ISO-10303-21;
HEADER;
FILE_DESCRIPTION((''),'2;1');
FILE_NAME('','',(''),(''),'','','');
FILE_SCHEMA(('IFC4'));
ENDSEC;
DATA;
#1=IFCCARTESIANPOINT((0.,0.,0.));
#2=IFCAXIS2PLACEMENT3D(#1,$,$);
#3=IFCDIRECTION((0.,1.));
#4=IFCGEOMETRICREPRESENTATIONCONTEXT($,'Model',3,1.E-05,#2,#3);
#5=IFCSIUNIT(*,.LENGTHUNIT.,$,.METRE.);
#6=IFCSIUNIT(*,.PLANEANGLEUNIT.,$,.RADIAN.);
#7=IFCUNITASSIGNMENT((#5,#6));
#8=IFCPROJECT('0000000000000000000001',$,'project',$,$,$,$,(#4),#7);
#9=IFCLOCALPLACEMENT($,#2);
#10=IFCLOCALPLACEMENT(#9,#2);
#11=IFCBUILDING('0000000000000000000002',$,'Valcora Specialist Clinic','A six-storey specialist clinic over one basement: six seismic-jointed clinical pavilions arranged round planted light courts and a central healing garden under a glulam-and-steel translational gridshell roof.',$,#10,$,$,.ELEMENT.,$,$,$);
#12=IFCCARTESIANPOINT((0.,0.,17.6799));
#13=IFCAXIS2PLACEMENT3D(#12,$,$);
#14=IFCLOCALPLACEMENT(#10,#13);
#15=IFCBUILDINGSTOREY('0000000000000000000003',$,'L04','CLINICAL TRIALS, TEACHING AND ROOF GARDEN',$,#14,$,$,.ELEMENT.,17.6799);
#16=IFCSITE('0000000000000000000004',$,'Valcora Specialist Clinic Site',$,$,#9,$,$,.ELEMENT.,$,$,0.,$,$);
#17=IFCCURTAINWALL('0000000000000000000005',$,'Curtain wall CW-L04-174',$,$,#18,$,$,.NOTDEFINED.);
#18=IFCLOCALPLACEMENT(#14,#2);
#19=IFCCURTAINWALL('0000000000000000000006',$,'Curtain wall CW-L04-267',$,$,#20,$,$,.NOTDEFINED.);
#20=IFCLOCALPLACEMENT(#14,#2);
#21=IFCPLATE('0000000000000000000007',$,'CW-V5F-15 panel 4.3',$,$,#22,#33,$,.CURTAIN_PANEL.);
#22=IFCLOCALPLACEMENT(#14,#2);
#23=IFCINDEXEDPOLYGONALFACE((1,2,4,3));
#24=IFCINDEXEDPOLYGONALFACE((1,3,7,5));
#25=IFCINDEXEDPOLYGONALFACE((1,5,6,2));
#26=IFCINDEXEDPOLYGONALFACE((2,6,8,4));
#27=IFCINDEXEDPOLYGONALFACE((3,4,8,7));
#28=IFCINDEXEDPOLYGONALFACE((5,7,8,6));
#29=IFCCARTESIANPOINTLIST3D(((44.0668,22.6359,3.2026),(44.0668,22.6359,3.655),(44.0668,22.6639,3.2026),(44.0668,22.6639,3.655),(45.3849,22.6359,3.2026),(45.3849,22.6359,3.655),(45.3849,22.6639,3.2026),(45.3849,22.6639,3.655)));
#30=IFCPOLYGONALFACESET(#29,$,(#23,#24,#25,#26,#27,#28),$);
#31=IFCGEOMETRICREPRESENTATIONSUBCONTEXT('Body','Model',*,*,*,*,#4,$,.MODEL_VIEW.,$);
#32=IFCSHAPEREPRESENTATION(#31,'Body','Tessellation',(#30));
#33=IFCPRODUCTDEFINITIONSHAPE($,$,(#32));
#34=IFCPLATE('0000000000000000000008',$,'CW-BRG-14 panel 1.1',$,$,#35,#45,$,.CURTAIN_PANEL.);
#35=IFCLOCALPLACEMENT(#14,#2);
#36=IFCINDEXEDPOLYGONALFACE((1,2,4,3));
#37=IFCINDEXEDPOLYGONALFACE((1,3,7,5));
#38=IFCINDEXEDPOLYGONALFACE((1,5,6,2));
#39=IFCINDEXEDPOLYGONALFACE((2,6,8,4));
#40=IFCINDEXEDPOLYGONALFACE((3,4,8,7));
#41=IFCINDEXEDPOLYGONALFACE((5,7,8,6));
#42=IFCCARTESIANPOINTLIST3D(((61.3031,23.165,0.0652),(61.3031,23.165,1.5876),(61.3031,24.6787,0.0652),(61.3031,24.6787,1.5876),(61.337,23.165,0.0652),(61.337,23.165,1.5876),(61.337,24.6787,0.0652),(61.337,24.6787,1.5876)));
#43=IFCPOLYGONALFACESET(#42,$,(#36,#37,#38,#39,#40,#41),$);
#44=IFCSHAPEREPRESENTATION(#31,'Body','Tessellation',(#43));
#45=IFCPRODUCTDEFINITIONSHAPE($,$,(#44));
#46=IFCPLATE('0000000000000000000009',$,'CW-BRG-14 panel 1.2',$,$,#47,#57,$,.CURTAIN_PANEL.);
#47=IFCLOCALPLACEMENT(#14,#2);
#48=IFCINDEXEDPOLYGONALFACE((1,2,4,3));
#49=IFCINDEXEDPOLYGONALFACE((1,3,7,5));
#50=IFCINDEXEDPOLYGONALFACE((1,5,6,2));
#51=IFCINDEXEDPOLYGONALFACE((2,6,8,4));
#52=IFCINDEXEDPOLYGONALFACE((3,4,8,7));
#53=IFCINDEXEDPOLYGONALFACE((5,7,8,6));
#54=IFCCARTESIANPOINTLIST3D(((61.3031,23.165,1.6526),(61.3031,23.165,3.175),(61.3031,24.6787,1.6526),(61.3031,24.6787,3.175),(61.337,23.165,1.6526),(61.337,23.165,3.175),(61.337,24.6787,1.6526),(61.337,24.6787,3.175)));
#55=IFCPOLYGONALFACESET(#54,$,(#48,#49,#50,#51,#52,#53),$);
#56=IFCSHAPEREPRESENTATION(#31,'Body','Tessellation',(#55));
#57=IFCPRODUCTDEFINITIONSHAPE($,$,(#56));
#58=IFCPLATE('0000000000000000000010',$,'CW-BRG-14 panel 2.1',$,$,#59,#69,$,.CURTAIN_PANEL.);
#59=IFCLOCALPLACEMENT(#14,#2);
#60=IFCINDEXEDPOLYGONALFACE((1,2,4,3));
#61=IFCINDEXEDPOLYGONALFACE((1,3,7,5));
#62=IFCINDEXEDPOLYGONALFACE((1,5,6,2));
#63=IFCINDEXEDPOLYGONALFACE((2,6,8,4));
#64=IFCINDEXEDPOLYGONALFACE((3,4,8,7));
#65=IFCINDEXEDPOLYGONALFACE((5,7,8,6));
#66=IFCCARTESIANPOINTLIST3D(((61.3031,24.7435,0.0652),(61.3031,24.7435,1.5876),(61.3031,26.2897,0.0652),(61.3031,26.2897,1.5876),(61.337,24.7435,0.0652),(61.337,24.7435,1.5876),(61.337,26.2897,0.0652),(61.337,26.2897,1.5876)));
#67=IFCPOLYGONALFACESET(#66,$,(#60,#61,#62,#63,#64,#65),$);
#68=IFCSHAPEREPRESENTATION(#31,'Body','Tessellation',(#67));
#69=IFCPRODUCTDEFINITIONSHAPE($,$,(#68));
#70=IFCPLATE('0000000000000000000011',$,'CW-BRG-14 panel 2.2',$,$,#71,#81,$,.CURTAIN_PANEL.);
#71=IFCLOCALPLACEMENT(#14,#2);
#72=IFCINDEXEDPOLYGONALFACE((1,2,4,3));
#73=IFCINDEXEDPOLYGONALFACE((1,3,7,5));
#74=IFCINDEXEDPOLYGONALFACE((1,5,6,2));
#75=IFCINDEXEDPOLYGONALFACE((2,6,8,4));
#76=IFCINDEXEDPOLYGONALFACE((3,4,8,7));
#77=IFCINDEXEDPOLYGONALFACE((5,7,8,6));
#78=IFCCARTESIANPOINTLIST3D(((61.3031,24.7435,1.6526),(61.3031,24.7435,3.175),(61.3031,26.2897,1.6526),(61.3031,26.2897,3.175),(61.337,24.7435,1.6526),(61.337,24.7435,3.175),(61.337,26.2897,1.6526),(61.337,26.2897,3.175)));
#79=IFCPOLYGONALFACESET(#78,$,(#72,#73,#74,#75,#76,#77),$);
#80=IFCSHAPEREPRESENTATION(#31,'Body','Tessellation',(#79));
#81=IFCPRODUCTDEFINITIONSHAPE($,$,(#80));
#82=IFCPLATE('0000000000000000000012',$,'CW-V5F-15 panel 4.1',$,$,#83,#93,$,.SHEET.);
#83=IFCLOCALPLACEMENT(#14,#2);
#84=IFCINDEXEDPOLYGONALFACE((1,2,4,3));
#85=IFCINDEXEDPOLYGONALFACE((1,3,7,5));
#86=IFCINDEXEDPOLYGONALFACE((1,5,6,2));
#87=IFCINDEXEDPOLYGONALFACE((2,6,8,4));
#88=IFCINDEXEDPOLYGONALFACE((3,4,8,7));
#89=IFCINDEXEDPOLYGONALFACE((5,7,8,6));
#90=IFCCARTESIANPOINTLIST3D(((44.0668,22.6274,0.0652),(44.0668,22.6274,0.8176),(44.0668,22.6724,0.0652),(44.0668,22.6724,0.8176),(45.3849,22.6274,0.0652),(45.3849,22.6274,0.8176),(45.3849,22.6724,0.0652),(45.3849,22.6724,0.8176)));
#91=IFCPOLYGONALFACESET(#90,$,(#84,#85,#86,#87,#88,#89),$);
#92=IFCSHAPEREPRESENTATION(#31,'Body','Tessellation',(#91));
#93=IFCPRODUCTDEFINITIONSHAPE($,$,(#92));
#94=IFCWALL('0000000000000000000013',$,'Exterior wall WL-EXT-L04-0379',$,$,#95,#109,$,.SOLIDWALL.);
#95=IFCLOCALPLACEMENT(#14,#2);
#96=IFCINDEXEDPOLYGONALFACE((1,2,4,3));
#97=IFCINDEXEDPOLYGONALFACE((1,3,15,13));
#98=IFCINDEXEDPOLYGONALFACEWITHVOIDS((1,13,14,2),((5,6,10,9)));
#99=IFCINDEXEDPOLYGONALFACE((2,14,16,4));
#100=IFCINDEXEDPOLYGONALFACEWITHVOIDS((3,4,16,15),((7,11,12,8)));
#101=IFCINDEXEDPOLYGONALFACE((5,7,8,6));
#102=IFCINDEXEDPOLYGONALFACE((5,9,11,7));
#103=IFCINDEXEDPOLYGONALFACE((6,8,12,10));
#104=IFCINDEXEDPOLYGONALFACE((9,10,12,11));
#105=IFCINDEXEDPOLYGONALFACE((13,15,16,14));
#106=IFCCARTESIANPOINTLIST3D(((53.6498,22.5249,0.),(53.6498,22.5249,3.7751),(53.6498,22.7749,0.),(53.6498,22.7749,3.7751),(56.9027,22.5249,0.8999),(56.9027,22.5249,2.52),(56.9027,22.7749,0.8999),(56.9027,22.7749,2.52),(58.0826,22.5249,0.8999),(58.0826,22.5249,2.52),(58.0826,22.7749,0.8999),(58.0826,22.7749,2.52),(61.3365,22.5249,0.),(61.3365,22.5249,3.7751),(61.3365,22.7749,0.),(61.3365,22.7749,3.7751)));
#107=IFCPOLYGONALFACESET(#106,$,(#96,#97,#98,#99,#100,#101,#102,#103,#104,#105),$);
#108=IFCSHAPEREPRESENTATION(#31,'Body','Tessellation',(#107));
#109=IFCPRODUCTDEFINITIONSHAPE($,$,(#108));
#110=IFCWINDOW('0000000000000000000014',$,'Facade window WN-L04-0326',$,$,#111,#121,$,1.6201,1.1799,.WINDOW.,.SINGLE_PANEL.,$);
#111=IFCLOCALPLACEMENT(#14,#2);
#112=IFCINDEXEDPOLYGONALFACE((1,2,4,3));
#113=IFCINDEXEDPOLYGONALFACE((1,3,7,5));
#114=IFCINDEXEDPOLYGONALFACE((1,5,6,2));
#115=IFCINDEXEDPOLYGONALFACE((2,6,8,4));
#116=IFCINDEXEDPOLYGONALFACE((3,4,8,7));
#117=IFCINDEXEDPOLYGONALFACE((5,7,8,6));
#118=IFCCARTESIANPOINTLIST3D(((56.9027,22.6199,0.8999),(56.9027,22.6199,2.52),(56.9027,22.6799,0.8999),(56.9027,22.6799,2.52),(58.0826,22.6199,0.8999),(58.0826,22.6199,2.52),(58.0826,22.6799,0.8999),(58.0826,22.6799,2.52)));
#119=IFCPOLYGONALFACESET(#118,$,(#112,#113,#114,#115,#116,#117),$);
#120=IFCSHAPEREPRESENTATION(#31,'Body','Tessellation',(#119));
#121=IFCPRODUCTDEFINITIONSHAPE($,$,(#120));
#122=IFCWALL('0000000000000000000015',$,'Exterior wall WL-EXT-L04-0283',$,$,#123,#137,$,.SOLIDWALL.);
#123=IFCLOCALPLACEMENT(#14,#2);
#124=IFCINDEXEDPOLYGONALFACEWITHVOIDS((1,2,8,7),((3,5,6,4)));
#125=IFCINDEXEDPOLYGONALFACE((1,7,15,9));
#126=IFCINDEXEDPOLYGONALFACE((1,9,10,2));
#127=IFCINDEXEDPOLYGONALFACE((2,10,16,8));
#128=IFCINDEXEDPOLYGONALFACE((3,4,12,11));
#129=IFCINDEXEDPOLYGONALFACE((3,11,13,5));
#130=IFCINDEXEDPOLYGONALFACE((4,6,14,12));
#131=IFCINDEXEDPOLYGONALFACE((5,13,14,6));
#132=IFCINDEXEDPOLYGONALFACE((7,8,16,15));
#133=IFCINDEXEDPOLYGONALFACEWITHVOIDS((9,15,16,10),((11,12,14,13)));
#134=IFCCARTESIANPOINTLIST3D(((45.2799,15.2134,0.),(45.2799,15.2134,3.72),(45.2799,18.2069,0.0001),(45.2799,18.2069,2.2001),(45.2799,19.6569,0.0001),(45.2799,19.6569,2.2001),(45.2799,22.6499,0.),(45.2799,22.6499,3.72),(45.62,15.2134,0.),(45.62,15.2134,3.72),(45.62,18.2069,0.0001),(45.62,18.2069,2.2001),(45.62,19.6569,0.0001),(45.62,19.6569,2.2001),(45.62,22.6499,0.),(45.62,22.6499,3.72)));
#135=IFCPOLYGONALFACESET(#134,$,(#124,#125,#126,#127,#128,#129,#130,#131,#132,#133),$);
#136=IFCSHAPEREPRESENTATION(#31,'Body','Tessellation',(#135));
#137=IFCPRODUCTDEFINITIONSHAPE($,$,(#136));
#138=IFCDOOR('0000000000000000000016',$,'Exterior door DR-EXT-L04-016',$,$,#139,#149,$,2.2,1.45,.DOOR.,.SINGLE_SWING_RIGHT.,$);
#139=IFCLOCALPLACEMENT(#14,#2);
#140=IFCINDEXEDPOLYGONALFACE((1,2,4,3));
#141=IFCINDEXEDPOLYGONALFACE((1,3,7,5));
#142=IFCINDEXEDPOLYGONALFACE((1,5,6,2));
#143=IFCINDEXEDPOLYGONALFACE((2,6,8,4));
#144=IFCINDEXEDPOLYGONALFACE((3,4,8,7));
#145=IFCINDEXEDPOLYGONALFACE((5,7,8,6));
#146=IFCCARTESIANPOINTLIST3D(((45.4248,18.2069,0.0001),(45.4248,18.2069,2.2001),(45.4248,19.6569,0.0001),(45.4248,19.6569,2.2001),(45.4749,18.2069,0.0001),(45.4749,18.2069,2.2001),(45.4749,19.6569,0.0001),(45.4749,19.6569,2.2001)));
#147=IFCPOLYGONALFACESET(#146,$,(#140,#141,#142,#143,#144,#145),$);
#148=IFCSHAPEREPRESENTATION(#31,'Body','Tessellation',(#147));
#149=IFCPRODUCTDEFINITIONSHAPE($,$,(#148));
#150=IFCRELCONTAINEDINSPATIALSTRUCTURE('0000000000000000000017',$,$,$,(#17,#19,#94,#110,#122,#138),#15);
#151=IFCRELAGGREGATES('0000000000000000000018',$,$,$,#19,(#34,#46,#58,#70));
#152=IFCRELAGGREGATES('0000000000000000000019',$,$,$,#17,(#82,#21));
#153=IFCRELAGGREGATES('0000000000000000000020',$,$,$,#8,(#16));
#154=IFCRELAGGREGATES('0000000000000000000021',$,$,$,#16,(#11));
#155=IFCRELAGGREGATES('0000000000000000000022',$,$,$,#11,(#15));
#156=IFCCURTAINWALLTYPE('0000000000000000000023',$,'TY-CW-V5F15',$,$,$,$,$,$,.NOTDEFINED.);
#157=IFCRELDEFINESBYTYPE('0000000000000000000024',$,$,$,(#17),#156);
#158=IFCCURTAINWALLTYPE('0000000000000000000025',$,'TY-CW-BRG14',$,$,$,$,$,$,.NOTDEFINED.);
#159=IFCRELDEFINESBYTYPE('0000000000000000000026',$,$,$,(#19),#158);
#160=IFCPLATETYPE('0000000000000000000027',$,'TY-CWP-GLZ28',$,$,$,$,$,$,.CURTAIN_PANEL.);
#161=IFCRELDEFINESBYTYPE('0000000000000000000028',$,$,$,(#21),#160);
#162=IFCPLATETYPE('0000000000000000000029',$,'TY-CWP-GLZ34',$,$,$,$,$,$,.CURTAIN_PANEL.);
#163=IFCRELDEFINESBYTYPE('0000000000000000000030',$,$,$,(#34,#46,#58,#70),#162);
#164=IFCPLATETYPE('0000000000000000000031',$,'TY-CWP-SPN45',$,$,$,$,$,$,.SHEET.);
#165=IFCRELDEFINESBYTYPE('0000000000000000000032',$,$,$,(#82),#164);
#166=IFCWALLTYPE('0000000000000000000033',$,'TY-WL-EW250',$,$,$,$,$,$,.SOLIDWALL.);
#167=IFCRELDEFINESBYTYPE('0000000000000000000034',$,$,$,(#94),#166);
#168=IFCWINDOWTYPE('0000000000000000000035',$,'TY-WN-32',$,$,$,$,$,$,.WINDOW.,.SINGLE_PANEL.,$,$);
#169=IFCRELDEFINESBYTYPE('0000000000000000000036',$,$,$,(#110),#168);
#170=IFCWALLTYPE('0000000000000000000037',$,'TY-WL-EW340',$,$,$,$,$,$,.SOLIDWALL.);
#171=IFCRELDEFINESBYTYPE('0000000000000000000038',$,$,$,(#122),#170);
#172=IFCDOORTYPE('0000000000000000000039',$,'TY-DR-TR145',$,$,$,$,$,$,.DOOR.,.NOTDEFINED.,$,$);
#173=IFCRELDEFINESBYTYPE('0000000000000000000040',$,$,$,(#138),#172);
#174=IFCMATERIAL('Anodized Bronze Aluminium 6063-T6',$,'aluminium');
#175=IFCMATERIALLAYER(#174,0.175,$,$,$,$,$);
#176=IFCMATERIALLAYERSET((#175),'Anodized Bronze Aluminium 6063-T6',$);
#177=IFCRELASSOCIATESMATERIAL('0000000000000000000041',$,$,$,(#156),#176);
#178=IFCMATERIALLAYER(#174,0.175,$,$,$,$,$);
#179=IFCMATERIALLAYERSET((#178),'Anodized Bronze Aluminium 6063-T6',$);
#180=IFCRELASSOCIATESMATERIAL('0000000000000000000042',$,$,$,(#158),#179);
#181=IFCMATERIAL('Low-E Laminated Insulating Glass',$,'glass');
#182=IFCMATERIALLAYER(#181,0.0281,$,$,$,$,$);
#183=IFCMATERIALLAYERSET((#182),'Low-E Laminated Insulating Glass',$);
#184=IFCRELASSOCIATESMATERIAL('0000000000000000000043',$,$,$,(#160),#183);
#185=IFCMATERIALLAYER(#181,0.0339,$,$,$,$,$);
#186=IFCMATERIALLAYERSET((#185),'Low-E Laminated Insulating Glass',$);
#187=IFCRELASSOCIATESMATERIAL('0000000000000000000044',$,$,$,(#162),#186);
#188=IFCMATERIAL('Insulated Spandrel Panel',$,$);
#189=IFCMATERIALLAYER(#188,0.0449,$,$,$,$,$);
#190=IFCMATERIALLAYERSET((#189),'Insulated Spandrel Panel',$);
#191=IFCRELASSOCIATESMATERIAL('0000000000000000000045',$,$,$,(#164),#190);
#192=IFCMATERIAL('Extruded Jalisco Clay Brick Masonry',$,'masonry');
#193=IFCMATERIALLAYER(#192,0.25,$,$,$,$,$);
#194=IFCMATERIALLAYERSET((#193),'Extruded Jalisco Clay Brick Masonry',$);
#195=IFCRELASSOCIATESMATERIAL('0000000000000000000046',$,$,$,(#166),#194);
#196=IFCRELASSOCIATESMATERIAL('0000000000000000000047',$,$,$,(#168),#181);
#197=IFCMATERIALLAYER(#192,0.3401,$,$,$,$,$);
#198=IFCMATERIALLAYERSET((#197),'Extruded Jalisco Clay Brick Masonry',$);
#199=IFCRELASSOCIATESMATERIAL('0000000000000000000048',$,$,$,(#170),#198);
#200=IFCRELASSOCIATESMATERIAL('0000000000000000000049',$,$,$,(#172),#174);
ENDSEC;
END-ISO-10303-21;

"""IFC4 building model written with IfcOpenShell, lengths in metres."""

from ifc_helpers import new_model, si_unit, direction, frame, frame_2d, origin, origin_2d, place, context, subcontext, project, spatial, rectangle, extrude, material, layer, layer_set, type_object, element, fill, aggregate, save


model = new_model("IFC4")

# Units and contexts
model_context = context("Model", 3, precision=1e-05, world=origin(), true_north=direction((0.0, 1.0)))
body_context = subcontext(model_context, "Body", "Model", "MODEL_VIEW")
ifc_project = project(units=[si_unit("LENGTHUNIT", "METRE"), si_unit("PLANEANGLEUNIT", "RADIAN")], contexts=[model_context])

# Site, building, storey
site_placement = place(None, origin())
site = spatial("IfcSite", under=ifc_project, at=site_placement, Name="Valcora Specialist Clinic Site", CompositionType="ELEMENT", RefElevation=0.0)
building_placement = place(site_placement, origin())
building = spatial("IfcBuilding", under=site, at=building_placement, Name="Valcora Specialist Clinic", Description="A six-storey specialist clinic over one basement: six seismic-jointed clinical pavilions arranged round planted light courts and a central healing garden under a glulam-and-steel translational gridshell roof.", CompositionType="ELEMENT")
storey_placement = place(building_placement, frame((0.0, 0.0, 17.6799)))
storey = spatial("IfcBuildingStorey", under=building, at=storey_placement, Name="L04", Description="CLINICAL TRIALS, TEACHING AND ROOF GARDEN", CompositionType="ELEMENT", Elevation=17.6799)

# Curtain wall
ifc_material_1 = material(Name="Anodized Bronze Aluminium 6063-T6", Category="aluminium")
ifc_layer_1 = layer(ifc_material_1, 0.175)
ifc_layer_set_1 = layer_set([ifc_layer_1], Name="Anodized Bronze Aluminium 6063-T6")
curtain_wall_type_1 = type_object("IfcCurtainWallType", Name="TY-CW-V5F15", PredefinedType="NOTDEFINED", material=ifc_layer_set_1)
curtain_wall_1_placement = place(storey_placement, origin())
curtain_wall_1 = element("IfcCurtainWall", 1, at=curtain_wall_1_placement, inside=storey, type_object=curtain_wall_type_1, Name="Curtain wall CW-L04-174", PredefinedType="NOTDEFINED")

# Curtain wall
ifc_layer_2 = layer(ifc_material_1, 0.175)
ifc_layer_set_2 = layer_set([ifc_layer_2], Name="Anodized Bronze Aluminium 6063-T6")
curtain_wall_type_2 = type_object("IfcCurtainWallType", Name="TY-CW-BRG14", PredefinedType="NOTDEFINED", material=ifc_layer_set_2)
curtain_wall_2_placement = place(storey_placement, origin())
curtain_wall_2 = element("IfcCurtainWall", 2, at=curtain_wall_2_placement, inside=storey, type_object=curtain_wall_type_2, Name="Curtain wall CW-L04-267", PredefinedType="NOTDEFINED")

# Plates
ifc_material_2 = material(Name="Low-E Laminated Insulating Glass", Category="glass")
ifc_layer_3 = layer(ifc_material_2, 0.0281)
ifc_layer_set_3 = layer_set([ifc_layer_3], Name="Low-E Laminated Insulating Glass")
plate_type_1 = type_object("IfcPlateType", Name="TY-CWP-GLZ28", PredefinedType="CURTAIN_PANEL", material=ifc_layer_set_3)
plate_1_placement = place(storey_placement, frame((44.7258, 22.6499, 3.2026), z_axis=(0.0, 0.0, 1.0), x_axis=(1.0, 0.0, 0.0)))
plate_1 = element("IfcPlate", 3, at=plate_1_placement, type_object=plate_type_1, Name="CW-V5F-15 panel 4.3", PredefinedType="CURTAIN_PANEL", context=body_context, shape_type="SweptSolid", body=[
    extrude(rectangle(XDim=1.3181, YDim=0.0281, at=origin_2d()), origin(), (0.0, 0.0, 1.0), 0.4524),
])
ifc_layer_4 = layer(ifc_material_2, 0.0339)
ifc_layer_set_4 = layer_set([ifc_layer_4], Name="Low-E Laminated Insulating Glass")
plate_type_2 = type_object("IfcPlateType", Name="TY-CWP-GLZ34", PredefinedType="CURTAIN_PANEL", material=ifc_layer_set_4)
plate_2_placement = place(storey_placement, frame((61.3201, 23.9219, 0.0652), z_axis=(0.0, 0.0, 1.0), x_axis=(0.0, 1.0, 0.0)))
plate_2 = element("IfcPlate", 4, at=plate_2_placement, type_object=plate_type_2, Name="CW-BRG-14 panel 1.1", PredefinedType="CURTAIN_PANEL", context=body_context, shape_type="SweptSolid", body=[
    extrude(rectangle(XDim=1.5137, YDim=0.0339, at=origin_2d()), origin(), (0.0, 0.0, 1.0), 1.5225),
])
plate_3_placement = place(storey_placement, frame((61.3201, 23.9219, 1.6526), z_axis=(0.0, 0.0, 1.0), x_axis=(0.0, 1.0, 0.0)))
plate_3 = element("IfcPlate", 5, at=plate_3_placement, type_object=plate_type_2, Name="CW-BRG-14 panel 1.2", PredefinedType="CURTAIN_PANEL", context=body_context, shape_type="SweptSolid", body=[
    extrude(rectangle(XDim=1.5137, YDim=0.0339, at=origin_2d()), origin(), (0.0, 0.0, 1.0), 1.5225),
])
plate_4_placement = place(storey_placement, frame((61.3201, 25.5166, 0.0652), z_axis=(0.0, 0.0, 1.0), x_axis=(0.0, 1.0, 0.0)))
plate_4 = element("IfcPlate", 6, at=plate_4_placement, type_object=plate_type_2, Name="CW-BRG-14 panel 2.1", PredefinedType="CURTAIN_PANEL", context=body_context, shape_type="SweptSolid", body=[
    extrude(rectangle(XDim=1.5461, YDim=0.0339, at=origin_2d()), origin(), (0.0, 0.0, 1.0), 1.5225),
])
plate_5_placement = place(storey_placement, frame((61.3201, 25.5166, 1.6526), z_axis=(0.0, 0.0, 1.0), x_axis=(0.0, 1.0, 0.0)))
plate_5 = element("IfcPlate", 7, at=plate_5_placement, type_object=plate_type_2, Name="CW-BRG-14 panel 2.2", PredefinedType="CURTAIN_PANEL", context=body_context, shape_type="SweptSolid", body=[
    extrude(rectangle(XDim=1.5461, YDim=0.0339, at=origin_2d()), origin(), (0.0, 0.0, 1.0), 1.5225),
])
aggregate(curtain_wall_2, [plate_2, plate_3, plate_4, plate_5])
ifc_material_3 = material(Name="Insulated Spandrel Panel")
ifc_layer_5 = layer(ifc_material_3, 0.0449)
ifc_layer_set_5 = layer_set([ifc_layer_5], Name="Insulated Spandrel Panel")
plate_type_3 = type_object("IfcPlateType", Name="TY-CWP-SPN45", PredefinedType="SHEET", material=ifc_layer_set_5)
plate_6_placement = place(storey_placement, frame((44.7258, 22.6499, 0.0652), z_axis=(0.0, 0.0, 1.0), x_axis=(1.0, 0.0, 0.0)))
plate_6 = element("IfcPlate", 8, at=plate_6_placement, type_object=plate_type_3, Name="CW-V5F-15 panel 4.1", PredefinedType="SHEET", context=body_context, shape_type="SweptSolid", body=[
    extrude(rectangle(XDim=1.3181, YDim=0.0449, at=origin_2d()), origin(), (0.0, 0.0, 1.0), 0.7524),
])
aggregate(curtain_wall_1, [plate_6, plate_1])

# Wall, opening, window
ifc_material_4 = material(Name="Extruded Jalisco Clay Brick Masonry", Category="masonry")
ifc_layer_6 = layer(ifc_material_4, 0.25)
ifc_layer_set_6 = layer_set([ifc_layer_6], Name="Extruded Jalisco Clay Brick Masonry")
wall_type_1 = type_object("IfcWallType", Name="TY-WL-EW250", PredefinedType="SOLIDWALL", material=ifc_layer_set_6)
wall_1_placement = place(storey_placement, frame((53.6499, 22.6499, 0.0), z_axis=(0.0, 0.0, 1.0), x_axis=(1.0, 0.0, 0.0)))
wall_1 = element("IfcWall", 9, at=wall_1_placement, inside=storey, type_object=wall_type_1, Name="Exterior wall WL-EXT-L04-0379", PredefinedType="SOLIDWALL", context=body_context, shape_type="SweptSolid", body=[
    extrude(rectangle(XDim=7.6868, YDim=0.25, at=frame_2d((3.8433, 0.0))), origin(), (0.0, 0.0, 1.0), 3.7751),
])
opening_1_placement = place(wall_1_placement, frame((3.2529, 0.0, 0.8999)))
opening_1 = element("IfcOpeningElement", 10, at=opening_1_placement, cuts=wall_1, PredefinedType="OPENING", context=body_context, shape_type="SweptSolid", body=[
    extrude(rectangle(XDim=1.1799, YDim=1.6201, at=frame_2d((0.5898, 0.8101))), frame((0.0, 0.135, 0.0), z_axis=(0.0, -1.0, 0.0), x_axis=(1.0, 0.0, 0.0)), (0.0, 0.0, 1.0), 0.27),
])
window_type = type_object("IfcWindowType", Name="TY-WN-32", PartitioningType="SINGLE_PANEL", PredefinedType="WINDOW", material=ifc_material_2)
window_placement = place(opening_1_placement, origin())
window = element("IfcWindow", 11, at=window_placement, inside=storey, type_object=window_type, Name="Facade window WN-L04-0326", OverallHeight=1.6201, OverallWidth=1.1799, PartitioningType="SINGLE_PANEL", PredefinedType="WINDOW", context=body_context, shape_type="SweptSolid", body=[
    extrude(rectangle(XDim=1.1799, YDim=1.6201, at=frame_2d((0.5898, 0.8101))), frame((0.0, 0.03, 0.0), z_axis=(0.0, -1.0, 0.0), x_axis=(1.0, 0.0, 0.0)), (0.0, 0.0, 1.0), 0.0601),
])
fill(opening_1, window)

# Wall, opening, door
ifc_layer_7 = layer(ifc_material_4, 0.3401)
ifc_layer_set_7 = layer_set([ifc_layer_7], Name="Extruded Jalisco Clay Brick Masonry")
wall_type_2 = type_object("IfcWallType", Name="TY-WL-EW340", PredefinedType="SOLIDWALL", material=ifc_layer_set_7)
wall_2_placement = place(storey_placement, frame((45.45, 22.6499, 0.0), z_axis=(0.0, 0.0, 1.0), x_axis=(0.0, -1.0, 0.0)))
wall_2 = element("IfcWall", 12, at=wall_2_placement, inside=storey, type_object=wall_type_2, Name="Exterior wall WL-EXT-L04-0283", PredefinedType="SOLIDWALL", context=body_context, shape_type="SweptSolid", body=[
    extrude(rectangle(XDim=7.4365, YDim=0.3401, at=frame_2d((3.7183, 0.0))), origin(), (0.0, 0.0, 1.0), 3.72),
])
opening_2_placement = place(wall_2_placement, frame((2.9929, 0.0, 0.0)))
opening_2 = element("IfcOpeningElement", 13, at=opening_2_placement, cuts=wall_2, PredefinedType="OPENING", context=body_context, shape_type="SweptSolid", body=[
    extrude(rectangle(XDim=1.45, YDim=2.2, at=frame_2d((0.7251, 1.1001))), frame((0.0, 0.1799, 0.0), z_axis=(0.0, -1.0, 0.0), x_axis=(1.0, 0.0, 0.0)), (0.0, 0.0, 1.0), 0.3601),
])
door_type = type_object("IfcDoorType", Name="TY-DR-TR145", OperationType="NOTDEFINED", PredefinedType="DOOR", material=ifc_material_1)
door_placement = place(opening_2_placement, origin())
door = element("IfcDoor", 14, at=door_placement, inside=storey, type_object=door_type, Name="Exterior door DR-EXT-L04-016", OperationType="SINGLE_SWING_RIGHT", OverallHeight=2.2, OverallWidth=1.45, PredefinedType="DOOR", context=body_context, shape_type="SweptSolid", body=[
    extrude(rectangle(XDim=1.45, YDim=2.2, at=frame_2d((0.7251, 1.1001))), frame((0.0, 0.0249, 0.0), z_axis=(0.0, -1.0, 0.0), x_axis=(1.0, 0.0, 0.0)), (0.0, 0.0, 1.0), 0.05),
])
fill(opening_2, door)

save(model, "model.ifc")
